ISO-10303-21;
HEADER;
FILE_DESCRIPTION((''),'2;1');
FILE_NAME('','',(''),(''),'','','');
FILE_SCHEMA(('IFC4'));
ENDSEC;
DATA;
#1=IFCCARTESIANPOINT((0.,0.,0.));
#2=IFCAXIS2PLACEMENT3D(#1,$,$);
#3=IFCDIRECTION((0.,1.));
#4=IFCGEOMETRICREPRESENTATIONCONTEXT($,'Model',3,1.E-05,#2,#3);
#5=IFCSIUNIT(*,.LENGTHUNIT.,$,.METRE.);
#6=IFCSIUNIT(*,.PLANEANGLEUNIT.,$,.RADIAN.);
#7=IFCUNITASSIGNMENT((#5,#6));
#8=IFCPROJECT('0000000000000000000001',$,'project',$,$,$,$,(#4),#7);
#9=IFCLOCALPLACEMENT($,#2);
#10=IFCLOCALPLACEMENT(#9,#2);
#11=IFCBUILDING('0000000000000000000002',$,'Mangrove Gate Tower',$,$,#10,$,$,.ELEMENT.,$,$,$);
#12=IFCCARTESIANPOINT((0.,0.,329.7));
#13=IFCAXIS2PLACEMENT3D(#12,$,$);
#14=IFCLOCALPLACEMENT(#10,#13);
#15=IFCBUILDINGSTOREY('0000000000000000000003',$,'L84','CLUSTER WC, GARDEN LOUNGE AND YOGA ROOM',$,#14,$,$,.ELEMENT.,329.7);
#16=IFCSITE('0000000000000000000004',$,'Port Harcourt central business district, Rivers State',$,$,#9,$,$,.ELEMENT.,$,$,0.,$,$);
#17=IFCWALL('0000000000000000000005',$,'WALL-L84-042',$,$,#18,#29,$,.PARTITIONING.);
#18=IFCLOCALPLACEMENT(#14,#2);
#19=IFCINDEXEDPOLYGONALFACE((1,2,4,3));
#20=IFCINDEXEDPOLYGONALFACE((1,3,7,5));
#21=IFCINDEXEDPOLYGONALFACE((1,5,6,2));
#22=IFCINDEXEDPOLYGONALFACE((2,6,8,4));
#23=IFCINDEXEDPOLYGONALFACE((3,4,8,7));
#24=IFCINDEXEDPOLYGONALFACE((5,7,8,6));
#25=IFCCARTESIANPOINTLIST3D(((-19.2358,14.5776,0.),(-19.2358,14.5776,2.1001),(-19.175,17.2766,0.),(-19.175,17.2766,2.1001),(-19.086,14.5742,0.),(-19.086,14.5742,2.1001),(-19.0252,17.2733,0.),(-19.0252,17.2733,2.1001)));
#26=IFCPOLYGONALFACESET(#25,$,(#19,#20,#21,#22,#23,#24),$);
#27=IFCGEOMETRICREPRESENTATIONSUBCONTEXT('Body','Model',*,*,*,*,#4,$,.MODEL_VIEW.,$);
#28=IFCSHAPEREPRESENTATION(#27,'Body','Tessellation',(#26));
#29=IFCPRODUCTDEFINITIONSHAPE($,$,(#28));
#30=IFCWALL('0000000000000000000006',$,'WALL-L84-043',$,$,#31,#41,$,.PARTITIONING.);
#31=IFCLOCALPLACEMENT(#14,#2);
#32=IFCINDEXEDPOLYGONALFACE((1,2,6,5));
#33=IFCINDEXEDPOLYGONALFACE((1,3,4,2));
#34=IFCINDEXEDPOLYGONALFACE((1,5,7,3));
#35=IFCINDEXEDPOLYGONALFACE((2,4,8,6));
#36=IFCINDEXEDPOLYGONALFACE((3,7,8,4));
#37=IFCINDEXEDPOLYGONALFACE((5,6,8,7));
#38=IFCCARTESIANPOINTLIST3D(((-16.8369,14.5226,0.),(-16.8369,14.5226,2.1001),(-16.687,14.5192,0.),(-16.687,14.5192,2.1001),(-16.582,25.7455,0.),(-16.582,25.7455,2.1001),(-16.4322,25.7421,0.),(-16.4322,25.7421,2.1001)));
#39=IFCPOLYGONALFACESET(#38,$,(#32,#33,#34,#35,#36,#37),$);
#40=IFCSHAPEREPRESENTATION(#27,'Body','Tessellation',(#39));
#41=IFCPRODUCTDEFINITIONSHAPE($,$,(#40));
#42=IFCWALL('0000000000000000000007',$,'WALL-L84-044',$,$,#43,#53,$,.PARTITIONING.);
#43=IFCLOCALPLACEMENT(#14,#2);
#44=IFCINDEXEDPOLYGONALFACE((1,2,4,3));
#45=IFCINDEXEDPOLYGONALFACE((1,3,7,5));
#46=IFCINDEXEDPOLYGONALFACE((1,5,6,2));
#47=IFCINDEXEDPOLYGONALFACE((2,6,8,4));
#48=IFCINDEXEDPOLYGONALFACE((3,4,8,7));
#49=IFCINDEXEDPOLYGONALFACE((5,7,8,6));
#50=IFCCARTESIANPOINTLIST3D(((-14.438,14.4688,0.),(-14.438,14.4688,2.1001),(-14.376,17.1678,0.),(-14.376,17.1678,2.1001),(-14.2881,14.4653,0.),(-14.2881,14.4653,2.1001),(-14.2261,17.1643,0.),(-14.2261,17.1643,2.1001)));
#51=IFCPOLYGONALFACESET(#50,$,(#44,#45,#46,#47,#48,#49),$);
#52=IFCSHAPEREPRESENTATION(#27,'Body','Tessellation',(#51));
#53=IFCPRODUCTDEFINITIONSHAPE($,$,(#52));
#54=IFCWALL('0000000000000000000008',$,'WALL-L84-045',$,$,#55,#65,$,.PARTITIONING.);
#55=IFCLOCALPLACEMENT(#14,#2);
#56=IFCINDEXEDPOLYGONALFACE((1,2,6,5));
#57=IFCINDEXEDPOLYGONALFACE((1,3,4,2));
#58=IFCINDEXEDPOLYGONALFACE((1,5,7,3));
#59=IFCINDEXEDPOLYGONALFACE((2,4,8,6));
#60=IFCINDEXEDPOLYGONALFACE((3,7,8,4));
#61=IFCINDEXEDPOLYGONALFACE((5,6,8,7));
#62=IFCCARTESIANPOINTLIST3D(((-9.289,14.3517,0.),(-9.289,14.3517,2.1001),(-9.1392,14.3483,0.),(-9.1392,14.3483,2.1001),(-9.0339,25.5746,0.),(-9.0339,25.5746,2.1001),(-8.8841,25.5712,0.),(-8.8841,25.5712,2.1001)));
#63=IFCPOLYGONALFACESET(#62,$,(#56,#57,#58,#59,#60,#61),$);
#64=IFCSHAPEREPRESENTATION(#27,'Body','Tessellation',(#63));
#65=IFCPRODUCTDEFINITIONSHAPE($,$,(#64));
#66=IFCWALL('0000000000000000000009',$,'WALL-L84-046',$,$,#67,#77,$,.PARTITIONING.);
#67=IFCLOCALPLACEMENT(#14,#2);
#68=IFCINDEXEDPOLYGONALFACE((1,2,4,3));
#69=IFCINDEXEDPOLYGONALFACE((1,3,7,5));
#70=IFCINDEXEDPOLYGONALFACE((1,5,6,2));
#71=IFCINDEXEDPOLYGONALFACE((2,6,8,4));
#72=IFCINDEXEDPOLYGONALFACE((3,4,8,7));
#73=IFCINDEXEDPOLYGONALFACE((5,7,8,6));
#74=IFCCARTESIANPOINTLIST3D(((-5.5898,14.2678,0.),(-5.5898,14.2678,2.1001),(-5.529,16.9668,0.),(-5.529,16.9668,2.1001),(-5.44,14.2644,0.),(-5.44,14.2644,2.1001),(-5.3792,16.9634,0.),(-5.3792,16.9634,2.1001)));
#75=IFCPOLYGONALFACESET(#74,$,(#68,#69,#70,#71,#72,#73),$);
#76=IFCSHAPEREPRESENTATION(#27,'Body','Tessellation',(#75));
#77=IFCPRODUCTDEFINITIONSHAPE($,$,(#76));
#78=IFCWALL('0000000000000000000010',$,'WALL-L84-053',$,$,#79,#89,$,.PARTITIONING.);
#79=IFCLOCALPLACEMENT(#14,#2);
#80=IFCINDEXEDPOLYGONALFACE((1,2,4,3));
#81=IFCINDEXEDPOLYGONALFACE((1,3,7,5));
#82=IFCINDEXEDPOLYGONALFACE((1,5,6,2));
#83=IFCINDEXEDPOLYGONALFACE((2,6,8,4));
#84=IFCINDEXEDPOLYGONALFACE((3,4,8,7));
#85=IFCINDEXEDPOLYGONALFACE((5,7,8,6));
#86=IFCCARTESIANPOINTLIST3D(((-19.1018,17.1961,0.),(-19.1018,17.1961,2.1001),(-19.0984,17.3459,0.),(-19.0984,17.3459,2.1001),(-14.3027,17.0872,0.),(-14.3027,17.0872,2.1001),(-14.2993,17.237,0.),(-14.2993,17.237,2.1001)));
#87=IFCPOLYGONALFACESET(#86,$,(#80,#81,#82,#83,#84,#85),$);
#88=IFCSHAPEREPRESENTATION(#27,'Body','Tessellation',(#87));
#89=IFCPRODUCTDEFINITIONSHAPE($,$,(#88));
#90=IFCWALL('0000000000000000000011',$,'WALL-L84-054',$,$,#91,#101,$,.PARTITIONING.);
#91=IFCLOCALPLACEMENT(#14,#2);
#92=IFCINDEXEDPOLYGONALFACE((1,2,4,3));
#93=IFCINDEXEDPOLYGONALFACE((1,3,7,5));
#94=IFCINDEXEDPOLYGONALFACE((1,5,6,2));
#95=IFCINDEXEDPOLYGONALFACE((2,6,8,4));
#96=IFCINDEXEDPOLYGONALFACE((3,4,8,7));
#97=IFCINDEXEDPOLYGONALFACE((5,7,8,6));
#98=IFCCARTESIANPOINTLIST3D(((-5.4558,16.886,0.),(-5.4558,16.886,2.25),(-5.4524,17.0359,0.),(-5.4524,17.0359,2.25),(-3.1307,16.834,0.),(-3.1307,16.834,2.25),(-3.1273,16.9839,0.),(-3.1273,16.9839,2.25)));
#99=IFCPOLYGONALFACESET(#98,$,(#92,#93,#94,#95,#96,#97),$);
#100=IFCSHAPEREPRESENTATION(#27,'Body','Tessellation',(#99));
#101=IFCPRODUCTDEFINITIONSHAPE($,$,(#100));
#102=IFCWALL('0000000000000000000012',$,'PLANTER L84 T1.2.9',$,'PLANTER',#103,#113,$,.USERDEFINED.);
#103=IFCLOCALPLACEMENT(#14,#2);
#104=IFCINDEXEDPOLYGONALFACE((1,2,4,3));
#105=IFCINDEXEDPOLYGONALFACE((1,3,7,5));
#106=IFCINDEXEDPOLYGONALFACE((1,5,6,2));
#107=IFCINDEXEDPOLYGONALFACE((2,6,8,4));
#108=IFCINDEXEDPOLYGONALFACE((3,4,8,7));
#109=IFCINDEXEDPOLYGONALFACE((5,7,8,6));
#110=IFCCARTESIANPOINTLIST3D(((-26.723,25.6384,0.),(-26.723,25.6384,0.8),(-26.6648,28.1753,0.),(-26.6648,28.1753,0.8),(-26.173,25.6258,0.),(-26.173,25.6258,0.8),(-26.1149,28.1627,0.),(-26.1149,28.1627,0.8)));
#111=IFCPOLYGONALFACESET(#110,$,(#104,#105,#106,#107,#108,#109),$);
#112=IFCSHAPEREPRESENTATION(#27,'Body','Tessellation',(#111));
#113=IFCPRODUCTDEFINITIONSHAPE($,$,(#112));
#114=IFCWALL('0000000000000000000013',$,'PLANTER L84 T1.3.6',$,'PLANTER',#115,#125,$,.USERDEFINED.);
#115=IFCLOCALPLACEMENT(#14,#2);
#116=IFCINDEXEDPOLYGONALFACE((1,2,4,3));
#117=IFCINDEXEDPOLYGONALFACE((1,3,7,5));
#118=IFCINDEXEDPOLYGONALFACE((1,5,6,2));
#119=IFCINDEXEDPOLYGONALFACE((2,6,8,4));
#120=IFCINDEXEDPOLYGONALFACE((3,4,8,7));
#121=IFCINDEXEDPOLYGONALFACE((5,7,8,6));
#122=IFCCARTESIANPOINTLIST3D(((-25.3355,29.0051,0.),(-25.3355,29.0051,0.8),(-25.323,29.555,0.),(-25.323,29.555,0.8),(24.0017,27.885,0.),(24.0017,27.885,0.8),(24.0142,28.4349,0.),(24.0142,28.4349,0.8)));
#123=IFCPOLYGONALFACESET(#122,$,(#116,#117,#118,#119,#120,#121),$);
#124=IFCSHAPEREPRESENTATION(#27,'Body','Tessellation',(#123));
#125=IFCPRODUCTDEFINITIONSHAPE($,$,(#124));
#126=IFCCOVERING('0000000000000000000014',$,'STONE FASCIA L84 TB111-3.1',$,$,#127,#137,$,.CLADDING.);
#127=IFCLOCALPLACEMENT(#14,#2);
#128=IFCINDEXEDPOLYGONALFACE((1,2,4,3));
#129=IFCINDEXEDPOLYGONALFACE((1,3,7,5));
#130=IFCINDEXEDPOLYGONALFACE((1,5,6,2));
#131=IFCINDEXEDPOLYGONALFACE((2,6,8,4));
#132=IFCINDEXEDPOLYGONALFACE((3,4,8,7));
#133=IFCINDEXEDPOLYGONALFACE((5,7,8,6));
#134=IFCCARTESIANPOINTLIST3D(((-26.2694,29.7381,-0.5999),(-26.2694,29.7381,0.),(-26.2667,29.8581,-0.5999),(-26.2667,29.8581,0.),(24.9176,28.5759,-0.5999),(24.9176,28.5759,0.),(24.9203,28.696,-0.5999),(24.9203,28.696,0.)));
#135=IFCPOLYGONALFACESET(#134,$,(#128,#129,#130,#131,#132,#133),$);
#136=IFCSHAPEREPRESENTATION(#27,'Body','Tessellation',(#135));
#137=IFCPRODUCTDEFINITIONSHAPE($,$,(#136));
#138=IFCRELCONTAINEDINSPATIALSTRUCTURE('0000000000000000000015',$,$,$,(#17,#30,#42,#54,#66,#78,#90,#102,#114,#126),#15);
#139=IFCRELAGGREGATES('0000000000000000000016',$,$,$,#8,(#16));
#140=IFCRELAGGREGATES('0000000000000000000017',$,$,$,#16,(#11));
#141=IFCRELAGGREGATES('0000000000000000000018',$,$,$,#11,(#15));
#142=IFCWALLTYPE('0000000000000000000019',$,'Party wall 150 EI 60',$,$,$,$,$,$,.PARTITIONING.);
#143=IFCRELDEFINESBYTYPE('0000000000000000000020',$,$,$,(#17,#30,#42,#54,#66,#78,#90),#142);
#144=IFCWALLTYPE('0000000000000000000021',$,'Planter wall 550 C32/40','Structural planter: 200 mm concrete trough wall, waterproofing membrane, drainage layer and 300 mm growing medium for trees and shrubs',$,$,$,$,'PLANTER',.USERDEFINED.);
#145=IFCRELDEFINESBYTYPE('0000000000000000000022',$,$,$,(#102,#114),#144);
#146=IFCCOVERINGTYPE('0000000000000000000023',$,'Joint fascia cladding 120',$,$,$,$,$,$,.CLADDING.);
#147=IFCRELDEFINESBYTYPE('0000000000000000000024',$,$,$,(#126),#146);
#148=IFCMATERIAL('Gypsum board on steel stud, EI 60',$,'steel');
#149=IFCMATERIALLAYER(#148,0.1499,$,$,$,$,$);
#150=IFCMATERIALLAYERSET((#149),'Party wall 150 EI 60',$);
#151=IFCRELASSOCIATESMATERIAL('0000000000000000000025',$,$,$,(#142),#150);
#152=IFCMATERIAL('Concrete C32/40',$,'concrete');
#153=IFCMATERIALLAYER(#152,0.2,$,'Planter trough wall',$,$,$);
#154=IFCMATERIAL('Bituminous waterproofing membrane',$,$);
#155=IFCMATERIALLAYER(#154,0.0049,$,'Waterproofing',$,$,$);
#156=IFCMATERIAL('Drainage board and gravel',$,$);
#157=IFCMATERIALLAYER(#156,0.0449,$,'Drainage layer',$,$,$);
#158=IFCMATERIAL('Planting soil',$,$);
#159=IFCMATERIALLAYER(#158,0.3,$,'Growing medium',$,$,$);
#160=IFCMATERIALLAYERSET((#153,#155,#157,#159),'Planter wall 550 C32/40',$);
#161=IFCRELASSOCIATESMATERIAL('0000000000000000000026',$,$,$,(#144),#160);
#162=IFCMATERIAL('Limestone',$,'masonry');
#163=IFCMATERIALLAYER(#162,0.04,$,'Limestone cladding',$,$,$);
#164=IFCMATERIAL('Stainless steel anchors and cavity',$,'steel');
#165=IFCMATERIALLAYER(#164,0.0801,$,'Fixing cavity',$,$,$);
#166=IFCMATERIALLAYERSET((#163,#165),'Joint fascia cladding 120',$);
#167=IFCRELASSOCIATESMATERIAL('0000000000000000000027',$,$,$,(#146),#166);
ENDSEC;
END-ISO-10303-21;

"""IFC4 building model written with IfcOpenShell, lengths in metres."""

from ifc_helpers import new_model, si_unit, direction, frame, frame_2d, origin, place, context, subcontext, project, spatial, rectangle, extrude, material, layer, layer_set, type_object, element, save


model = new_model("IFC4")

# Units and contexts
model_context = context("Model", 3, precision=1e-05, world=origin(), true_north=direction((0.0, 1.0)))
body_context = subcontext(model_context, "Body", "Model", "MODEL_VIEW")
ifc_project = project(units=[si_unit("LENGTHUNIT", "METRE"), si_unit("PLANEANGLEUNIT", "RADIAN")], contexts=[model_context])

# Site, building, storey
site_placement = place(None, origin())
site = spatial("IfcSite", under=ifc_project, at=site_placement, Name="Port Harcourt central business district, Rivers State", CompositionType="ELEMENT", RefElevation=0.0)
building_placement = place(site_placement, origin())
building = spatial("IfcBuilding", under=site, at=building_placement, Name="Mangrove Gate Tower", CompositionType="ELEMENT")
storey_placement = place(building_placement, frame((0.0, 0.0, 329.7)))
storey = spatial("IfcBuildingStorey", under=building, at=storey_placement, Name="L84", Description="CLUSTER WC, GARDEN LOUNGE AND YOGA ROOM", CompositionType="ELEMENT", Elevation=329.7)

# Shared definitions
ifc_material_1 = material(Name="Limestone", Category="masonry")

# Walls
ifc_material_2 = material(Name="Gypsum board on steel stud, EI 60", Category="steel")
ifc_layer_1 = layer(ifc_material_2, 0.1499)
ifc_layer_set_1 = layer_set([ifc_layer_1], Name="Party wall 150 EI 60")
wall_type_1 = type_object("IfcWallType", Name="Party wall 150 EI 60", PredefinedType="PARTITIONING", material=ifc_layer_set_1)
wall_1_placement = place(storey_placement, frame((-19.1609, 14.5759, 0.0), z_axis=(0.0, 0.0, 1.0), x_axis=(0.022518, 0.999746, 0.0)))
element("IfcWall", 1, at=wall_1_placement, inside=storey, type_object=wall_type_1, Name="WALL-L84-042", PredefinedType="PARTITIONING", context=body_context, shape_type="SweptSolid", body=[
    extrude(rectangle(XDim=2.6997, YDim=0.1499, at=frame_2d((1.3499, 0.0))), origin(), (0.0, 0.0, 1.0), 2.1001),
])
wall_2_placement = place(storey_placement, frame((-16.762, 14.521, 0.0), z_axis=(0.0, 0.0, 1.0), x_axis=(0.022705, 0.999742, 0.0)))
element("IfcWall", 2, at=wall_2_placement, inside=storey, type_object=wall_type_1, Name="WALL-L84-043", PredefinedType="PARTITIONING", context=body_context, shape_type="SweptSolid", body=[
    extrude(rectangle(XDim=11.2258, YDim=0.1499, at=frame_2d((5.6128, 0.0))), origin(), (0.0, 0.0, 1.0), 2.1001),
])
wall_3_placement = place(storey_placement, frame((-14.363, 14.467, 0.0), z_axis=(0.0, 0.0, 1.0), x_axis=(0.02297, 0.999736, 0.0)))
element("IfcWall", 3, at=wall_3_placement, inside=storey, type_object=wall_type_1, Name="WALL-L84-044", PredefinedType="PARTITIONING", context=body_context, shape_type="SweptSolid", body=[
    extrude(rectangle(XDim=2.6997, YDim=0.1499, at=frame_2d((1.3499, 0.0))), origin(), (0.0, 0.0, 1.0), 2.1001),
])
wall_4_placement = place(storey_placement, frame((-9.2141, 14.3501, 0.0), z_axis=(0.0, 0.0, 1.0), x_axis=(0.022727, 0.999742, 0.0)))
element("IfcWall", 4, at=wall_4_placement, inside=storey, type_object=wall_type_1, Name="WALL-L84-045", PredefinedType="PARTITIONING", context=body_context, shape_type="SweptSolid", body=[
    extrude(rectangle(XDim=11.2258, YDim=0.1499, at=frame_2d((5.6128, 0.0))), origin(), (0.0, 0.0, 1.0), 2.1001),
])
wall_5_placement = place(storey_placement, frame((-5.5149, 14.2661, 0.0), z_axis=(0.0, 0.0, 1.0), x_axis=(0.022518, 0.999746, 0.0)))
element("IfcWall", 5, at=wall_5_placement, inside=storey, type_object=wall_type_1, Name="WALL-L84-046", PredefinedType="PARTITIONING", context=body_context, shape_type="SweptSolid", body=[
    extrude(rectangle(XDim=2.6997, YDim=0.1499, at=frame_2d((1.3499, 0.0))), origin(), (0.0, 0.0, 1.0), 2.1001),
])
wall_6_placement = place(storey_placement, frame((-19.1001, 17.271, 0.0), z_axis=(0.0, 0.0, 1.0), x_axis=(0.999743, -0.022683, 0.0)))
element("IfcWall", 6, at=wall_6_placement, inside=storey, type_object=wall_type_1, Name="WALL-L84-053", PredefinedType="PARTITIONING", context=body_context, shape_type="SweptSolid", body=[
    extrude(rectangle(XDim=4.8003, YDim=0.1499, at=frame_2d((2.4001, 0.0))), origin(), (0.0, 0.0, 1.0), 2.1001),
])
wall_7_placement = place(storey_placement, frame((-5.4541, 16.9609, 0.0), z_axis=(0.0, 0.0, 1.0), x_axis=(0.99975, -0.022359, 0.0)))
element("IfcWall", 7, at=wall_7_placement, inside=storey, type_object=wall_type_1, Name="WALL-L84-054", PredefinedType="PARTITIONING", context=body_context, shape_type="SweptSolid", body=[
    extrude(rectangle(XDim=2.3257, YDim=0.1499, at=frame_2d((1.1628, 0.0))), origin(), (0.0, 0.0, 1.0), 2.25),
])
ifc_material_3 = material(Name="Concrete C32/40", Category="concrete")
ifc_layer_2 = layer(ifc_material_3, 0.2, Name="Planter trough wall")
ifc_material_4 = material(Name="Bituminous waterproofing membrane")
ifc_layer_3 = layer(ifc_material_4, 0.0049, Name="Waterproofing")
ifc_material_5 = material(Name="Drainage board and gravel")
ifc_layer_4 = layer(ifc_material_5, 0.0449, Name="Drainage layer")
ifc_material_6 = material(Name="Planting soil")
ifc_layer_5 = layer(ifc_material_6, 0.3, Name="Growing medium")
ifc_layer_set_2 = layer_set([ifc_layer_2, ifc_layer_3, ifc_layer_4, ifc_layer_5], Name="Planter wall 550 C32/40")
wall_type_2 = type_object("IfcWallType", Name="Planter wall 550 C32/40", Description="Structural planter: 200 mm concrete trough wall, waterproofing membrane, drainage layer and 300 mm growing medium for trees and shrubs", ElementType="PLANTER", PredefinedType="USERDEFINED", material=ifc_layer_set_2)
wall_8_placement = place(storey_placement, frame((-26.448, 25.6321, 0.0), z_axis=(0.0, 0.0, 1.0), x_axis=(0.022898, 0.999738, 0.0)))
element("IfcWall", 8, at=wall_8_placement, inside=storey, type_object=wall_type_2, Name="PLANTER L84 T1.2.9", ObjectType="PLANTER", PredefinedType="USERDEFINED", context=body_context, shape_type="SweptSolid", body=[
    extrude(rectangle(XDim=2.5376, YDim=0.55, at=frame_2d((1.2688, 0.0))), origin(), (0.0, 0.0, 1.0), 0.8),
])
wall_9_placement = place(storey_placement, frame((-25.3291, 29.28, 0.0), z_axis=(0.0, 0.0, 1.0), x_axis=(0.999742, -0.022697, 0.0)))
element("IfcWall", 9, at=wall_9_placement, inside=storey, type_object=wall_type_2, Name="PLANTER L84 T1.3.6", ObjectType="PLANTER", PredefinedType="USERDEFINED", context=body_context, shape_type="SweptSolid", body=[
    extrude(rectangle(XDim=49.3499, YDim=0.55, at=frame_2d((24.6748, 0.0))), origin(), (0.0, 0.0, 1.0), 0.8),
])

# Covering
ifc_layer_6 = layer(ifc_material_1, 0.04, Name="Limestone cladding")
ifc_material_7 = material(Name="Stainless steel anchors and cavity", Category="steel")
ifc_layer_7 = layer(ifc_material_7, 0.0801, Name="Fixing cavity")
ifc_layer_set_3 = layer_set([ifc_layer_6, ifc_layer_7], Name="Joint fascia cladding 120")
covering_type = type_object("IfcCoveringType", Name="Joint fascia cladding 120", PredefinedType="CLADDING", material=ifc_layer_set_3)
covering_placement = place(storey_placement, frame((-26.2681, 29.7981, -0.5999), z_axis=(0.0, 0.0, 1.0), x_axis=(0.999742, -0.022697, 0.0)))
element("IfcCovering", 10, at=covering_placement, inside=storey, type_object=covering_type, Name="STONE FASCIA L84 TB111-3.1", PredefinedType="CLADDING", context=body_context, shape_type="SweptSolid", body=[
    extrude(rectangle(XDim=51.2002, YDim=0.1201, at=frame_2d((25.6001, 0.0))), origin(), (0.0, 0.0, 1.0), 0.5999),
])

save(model, "model.ifc")
